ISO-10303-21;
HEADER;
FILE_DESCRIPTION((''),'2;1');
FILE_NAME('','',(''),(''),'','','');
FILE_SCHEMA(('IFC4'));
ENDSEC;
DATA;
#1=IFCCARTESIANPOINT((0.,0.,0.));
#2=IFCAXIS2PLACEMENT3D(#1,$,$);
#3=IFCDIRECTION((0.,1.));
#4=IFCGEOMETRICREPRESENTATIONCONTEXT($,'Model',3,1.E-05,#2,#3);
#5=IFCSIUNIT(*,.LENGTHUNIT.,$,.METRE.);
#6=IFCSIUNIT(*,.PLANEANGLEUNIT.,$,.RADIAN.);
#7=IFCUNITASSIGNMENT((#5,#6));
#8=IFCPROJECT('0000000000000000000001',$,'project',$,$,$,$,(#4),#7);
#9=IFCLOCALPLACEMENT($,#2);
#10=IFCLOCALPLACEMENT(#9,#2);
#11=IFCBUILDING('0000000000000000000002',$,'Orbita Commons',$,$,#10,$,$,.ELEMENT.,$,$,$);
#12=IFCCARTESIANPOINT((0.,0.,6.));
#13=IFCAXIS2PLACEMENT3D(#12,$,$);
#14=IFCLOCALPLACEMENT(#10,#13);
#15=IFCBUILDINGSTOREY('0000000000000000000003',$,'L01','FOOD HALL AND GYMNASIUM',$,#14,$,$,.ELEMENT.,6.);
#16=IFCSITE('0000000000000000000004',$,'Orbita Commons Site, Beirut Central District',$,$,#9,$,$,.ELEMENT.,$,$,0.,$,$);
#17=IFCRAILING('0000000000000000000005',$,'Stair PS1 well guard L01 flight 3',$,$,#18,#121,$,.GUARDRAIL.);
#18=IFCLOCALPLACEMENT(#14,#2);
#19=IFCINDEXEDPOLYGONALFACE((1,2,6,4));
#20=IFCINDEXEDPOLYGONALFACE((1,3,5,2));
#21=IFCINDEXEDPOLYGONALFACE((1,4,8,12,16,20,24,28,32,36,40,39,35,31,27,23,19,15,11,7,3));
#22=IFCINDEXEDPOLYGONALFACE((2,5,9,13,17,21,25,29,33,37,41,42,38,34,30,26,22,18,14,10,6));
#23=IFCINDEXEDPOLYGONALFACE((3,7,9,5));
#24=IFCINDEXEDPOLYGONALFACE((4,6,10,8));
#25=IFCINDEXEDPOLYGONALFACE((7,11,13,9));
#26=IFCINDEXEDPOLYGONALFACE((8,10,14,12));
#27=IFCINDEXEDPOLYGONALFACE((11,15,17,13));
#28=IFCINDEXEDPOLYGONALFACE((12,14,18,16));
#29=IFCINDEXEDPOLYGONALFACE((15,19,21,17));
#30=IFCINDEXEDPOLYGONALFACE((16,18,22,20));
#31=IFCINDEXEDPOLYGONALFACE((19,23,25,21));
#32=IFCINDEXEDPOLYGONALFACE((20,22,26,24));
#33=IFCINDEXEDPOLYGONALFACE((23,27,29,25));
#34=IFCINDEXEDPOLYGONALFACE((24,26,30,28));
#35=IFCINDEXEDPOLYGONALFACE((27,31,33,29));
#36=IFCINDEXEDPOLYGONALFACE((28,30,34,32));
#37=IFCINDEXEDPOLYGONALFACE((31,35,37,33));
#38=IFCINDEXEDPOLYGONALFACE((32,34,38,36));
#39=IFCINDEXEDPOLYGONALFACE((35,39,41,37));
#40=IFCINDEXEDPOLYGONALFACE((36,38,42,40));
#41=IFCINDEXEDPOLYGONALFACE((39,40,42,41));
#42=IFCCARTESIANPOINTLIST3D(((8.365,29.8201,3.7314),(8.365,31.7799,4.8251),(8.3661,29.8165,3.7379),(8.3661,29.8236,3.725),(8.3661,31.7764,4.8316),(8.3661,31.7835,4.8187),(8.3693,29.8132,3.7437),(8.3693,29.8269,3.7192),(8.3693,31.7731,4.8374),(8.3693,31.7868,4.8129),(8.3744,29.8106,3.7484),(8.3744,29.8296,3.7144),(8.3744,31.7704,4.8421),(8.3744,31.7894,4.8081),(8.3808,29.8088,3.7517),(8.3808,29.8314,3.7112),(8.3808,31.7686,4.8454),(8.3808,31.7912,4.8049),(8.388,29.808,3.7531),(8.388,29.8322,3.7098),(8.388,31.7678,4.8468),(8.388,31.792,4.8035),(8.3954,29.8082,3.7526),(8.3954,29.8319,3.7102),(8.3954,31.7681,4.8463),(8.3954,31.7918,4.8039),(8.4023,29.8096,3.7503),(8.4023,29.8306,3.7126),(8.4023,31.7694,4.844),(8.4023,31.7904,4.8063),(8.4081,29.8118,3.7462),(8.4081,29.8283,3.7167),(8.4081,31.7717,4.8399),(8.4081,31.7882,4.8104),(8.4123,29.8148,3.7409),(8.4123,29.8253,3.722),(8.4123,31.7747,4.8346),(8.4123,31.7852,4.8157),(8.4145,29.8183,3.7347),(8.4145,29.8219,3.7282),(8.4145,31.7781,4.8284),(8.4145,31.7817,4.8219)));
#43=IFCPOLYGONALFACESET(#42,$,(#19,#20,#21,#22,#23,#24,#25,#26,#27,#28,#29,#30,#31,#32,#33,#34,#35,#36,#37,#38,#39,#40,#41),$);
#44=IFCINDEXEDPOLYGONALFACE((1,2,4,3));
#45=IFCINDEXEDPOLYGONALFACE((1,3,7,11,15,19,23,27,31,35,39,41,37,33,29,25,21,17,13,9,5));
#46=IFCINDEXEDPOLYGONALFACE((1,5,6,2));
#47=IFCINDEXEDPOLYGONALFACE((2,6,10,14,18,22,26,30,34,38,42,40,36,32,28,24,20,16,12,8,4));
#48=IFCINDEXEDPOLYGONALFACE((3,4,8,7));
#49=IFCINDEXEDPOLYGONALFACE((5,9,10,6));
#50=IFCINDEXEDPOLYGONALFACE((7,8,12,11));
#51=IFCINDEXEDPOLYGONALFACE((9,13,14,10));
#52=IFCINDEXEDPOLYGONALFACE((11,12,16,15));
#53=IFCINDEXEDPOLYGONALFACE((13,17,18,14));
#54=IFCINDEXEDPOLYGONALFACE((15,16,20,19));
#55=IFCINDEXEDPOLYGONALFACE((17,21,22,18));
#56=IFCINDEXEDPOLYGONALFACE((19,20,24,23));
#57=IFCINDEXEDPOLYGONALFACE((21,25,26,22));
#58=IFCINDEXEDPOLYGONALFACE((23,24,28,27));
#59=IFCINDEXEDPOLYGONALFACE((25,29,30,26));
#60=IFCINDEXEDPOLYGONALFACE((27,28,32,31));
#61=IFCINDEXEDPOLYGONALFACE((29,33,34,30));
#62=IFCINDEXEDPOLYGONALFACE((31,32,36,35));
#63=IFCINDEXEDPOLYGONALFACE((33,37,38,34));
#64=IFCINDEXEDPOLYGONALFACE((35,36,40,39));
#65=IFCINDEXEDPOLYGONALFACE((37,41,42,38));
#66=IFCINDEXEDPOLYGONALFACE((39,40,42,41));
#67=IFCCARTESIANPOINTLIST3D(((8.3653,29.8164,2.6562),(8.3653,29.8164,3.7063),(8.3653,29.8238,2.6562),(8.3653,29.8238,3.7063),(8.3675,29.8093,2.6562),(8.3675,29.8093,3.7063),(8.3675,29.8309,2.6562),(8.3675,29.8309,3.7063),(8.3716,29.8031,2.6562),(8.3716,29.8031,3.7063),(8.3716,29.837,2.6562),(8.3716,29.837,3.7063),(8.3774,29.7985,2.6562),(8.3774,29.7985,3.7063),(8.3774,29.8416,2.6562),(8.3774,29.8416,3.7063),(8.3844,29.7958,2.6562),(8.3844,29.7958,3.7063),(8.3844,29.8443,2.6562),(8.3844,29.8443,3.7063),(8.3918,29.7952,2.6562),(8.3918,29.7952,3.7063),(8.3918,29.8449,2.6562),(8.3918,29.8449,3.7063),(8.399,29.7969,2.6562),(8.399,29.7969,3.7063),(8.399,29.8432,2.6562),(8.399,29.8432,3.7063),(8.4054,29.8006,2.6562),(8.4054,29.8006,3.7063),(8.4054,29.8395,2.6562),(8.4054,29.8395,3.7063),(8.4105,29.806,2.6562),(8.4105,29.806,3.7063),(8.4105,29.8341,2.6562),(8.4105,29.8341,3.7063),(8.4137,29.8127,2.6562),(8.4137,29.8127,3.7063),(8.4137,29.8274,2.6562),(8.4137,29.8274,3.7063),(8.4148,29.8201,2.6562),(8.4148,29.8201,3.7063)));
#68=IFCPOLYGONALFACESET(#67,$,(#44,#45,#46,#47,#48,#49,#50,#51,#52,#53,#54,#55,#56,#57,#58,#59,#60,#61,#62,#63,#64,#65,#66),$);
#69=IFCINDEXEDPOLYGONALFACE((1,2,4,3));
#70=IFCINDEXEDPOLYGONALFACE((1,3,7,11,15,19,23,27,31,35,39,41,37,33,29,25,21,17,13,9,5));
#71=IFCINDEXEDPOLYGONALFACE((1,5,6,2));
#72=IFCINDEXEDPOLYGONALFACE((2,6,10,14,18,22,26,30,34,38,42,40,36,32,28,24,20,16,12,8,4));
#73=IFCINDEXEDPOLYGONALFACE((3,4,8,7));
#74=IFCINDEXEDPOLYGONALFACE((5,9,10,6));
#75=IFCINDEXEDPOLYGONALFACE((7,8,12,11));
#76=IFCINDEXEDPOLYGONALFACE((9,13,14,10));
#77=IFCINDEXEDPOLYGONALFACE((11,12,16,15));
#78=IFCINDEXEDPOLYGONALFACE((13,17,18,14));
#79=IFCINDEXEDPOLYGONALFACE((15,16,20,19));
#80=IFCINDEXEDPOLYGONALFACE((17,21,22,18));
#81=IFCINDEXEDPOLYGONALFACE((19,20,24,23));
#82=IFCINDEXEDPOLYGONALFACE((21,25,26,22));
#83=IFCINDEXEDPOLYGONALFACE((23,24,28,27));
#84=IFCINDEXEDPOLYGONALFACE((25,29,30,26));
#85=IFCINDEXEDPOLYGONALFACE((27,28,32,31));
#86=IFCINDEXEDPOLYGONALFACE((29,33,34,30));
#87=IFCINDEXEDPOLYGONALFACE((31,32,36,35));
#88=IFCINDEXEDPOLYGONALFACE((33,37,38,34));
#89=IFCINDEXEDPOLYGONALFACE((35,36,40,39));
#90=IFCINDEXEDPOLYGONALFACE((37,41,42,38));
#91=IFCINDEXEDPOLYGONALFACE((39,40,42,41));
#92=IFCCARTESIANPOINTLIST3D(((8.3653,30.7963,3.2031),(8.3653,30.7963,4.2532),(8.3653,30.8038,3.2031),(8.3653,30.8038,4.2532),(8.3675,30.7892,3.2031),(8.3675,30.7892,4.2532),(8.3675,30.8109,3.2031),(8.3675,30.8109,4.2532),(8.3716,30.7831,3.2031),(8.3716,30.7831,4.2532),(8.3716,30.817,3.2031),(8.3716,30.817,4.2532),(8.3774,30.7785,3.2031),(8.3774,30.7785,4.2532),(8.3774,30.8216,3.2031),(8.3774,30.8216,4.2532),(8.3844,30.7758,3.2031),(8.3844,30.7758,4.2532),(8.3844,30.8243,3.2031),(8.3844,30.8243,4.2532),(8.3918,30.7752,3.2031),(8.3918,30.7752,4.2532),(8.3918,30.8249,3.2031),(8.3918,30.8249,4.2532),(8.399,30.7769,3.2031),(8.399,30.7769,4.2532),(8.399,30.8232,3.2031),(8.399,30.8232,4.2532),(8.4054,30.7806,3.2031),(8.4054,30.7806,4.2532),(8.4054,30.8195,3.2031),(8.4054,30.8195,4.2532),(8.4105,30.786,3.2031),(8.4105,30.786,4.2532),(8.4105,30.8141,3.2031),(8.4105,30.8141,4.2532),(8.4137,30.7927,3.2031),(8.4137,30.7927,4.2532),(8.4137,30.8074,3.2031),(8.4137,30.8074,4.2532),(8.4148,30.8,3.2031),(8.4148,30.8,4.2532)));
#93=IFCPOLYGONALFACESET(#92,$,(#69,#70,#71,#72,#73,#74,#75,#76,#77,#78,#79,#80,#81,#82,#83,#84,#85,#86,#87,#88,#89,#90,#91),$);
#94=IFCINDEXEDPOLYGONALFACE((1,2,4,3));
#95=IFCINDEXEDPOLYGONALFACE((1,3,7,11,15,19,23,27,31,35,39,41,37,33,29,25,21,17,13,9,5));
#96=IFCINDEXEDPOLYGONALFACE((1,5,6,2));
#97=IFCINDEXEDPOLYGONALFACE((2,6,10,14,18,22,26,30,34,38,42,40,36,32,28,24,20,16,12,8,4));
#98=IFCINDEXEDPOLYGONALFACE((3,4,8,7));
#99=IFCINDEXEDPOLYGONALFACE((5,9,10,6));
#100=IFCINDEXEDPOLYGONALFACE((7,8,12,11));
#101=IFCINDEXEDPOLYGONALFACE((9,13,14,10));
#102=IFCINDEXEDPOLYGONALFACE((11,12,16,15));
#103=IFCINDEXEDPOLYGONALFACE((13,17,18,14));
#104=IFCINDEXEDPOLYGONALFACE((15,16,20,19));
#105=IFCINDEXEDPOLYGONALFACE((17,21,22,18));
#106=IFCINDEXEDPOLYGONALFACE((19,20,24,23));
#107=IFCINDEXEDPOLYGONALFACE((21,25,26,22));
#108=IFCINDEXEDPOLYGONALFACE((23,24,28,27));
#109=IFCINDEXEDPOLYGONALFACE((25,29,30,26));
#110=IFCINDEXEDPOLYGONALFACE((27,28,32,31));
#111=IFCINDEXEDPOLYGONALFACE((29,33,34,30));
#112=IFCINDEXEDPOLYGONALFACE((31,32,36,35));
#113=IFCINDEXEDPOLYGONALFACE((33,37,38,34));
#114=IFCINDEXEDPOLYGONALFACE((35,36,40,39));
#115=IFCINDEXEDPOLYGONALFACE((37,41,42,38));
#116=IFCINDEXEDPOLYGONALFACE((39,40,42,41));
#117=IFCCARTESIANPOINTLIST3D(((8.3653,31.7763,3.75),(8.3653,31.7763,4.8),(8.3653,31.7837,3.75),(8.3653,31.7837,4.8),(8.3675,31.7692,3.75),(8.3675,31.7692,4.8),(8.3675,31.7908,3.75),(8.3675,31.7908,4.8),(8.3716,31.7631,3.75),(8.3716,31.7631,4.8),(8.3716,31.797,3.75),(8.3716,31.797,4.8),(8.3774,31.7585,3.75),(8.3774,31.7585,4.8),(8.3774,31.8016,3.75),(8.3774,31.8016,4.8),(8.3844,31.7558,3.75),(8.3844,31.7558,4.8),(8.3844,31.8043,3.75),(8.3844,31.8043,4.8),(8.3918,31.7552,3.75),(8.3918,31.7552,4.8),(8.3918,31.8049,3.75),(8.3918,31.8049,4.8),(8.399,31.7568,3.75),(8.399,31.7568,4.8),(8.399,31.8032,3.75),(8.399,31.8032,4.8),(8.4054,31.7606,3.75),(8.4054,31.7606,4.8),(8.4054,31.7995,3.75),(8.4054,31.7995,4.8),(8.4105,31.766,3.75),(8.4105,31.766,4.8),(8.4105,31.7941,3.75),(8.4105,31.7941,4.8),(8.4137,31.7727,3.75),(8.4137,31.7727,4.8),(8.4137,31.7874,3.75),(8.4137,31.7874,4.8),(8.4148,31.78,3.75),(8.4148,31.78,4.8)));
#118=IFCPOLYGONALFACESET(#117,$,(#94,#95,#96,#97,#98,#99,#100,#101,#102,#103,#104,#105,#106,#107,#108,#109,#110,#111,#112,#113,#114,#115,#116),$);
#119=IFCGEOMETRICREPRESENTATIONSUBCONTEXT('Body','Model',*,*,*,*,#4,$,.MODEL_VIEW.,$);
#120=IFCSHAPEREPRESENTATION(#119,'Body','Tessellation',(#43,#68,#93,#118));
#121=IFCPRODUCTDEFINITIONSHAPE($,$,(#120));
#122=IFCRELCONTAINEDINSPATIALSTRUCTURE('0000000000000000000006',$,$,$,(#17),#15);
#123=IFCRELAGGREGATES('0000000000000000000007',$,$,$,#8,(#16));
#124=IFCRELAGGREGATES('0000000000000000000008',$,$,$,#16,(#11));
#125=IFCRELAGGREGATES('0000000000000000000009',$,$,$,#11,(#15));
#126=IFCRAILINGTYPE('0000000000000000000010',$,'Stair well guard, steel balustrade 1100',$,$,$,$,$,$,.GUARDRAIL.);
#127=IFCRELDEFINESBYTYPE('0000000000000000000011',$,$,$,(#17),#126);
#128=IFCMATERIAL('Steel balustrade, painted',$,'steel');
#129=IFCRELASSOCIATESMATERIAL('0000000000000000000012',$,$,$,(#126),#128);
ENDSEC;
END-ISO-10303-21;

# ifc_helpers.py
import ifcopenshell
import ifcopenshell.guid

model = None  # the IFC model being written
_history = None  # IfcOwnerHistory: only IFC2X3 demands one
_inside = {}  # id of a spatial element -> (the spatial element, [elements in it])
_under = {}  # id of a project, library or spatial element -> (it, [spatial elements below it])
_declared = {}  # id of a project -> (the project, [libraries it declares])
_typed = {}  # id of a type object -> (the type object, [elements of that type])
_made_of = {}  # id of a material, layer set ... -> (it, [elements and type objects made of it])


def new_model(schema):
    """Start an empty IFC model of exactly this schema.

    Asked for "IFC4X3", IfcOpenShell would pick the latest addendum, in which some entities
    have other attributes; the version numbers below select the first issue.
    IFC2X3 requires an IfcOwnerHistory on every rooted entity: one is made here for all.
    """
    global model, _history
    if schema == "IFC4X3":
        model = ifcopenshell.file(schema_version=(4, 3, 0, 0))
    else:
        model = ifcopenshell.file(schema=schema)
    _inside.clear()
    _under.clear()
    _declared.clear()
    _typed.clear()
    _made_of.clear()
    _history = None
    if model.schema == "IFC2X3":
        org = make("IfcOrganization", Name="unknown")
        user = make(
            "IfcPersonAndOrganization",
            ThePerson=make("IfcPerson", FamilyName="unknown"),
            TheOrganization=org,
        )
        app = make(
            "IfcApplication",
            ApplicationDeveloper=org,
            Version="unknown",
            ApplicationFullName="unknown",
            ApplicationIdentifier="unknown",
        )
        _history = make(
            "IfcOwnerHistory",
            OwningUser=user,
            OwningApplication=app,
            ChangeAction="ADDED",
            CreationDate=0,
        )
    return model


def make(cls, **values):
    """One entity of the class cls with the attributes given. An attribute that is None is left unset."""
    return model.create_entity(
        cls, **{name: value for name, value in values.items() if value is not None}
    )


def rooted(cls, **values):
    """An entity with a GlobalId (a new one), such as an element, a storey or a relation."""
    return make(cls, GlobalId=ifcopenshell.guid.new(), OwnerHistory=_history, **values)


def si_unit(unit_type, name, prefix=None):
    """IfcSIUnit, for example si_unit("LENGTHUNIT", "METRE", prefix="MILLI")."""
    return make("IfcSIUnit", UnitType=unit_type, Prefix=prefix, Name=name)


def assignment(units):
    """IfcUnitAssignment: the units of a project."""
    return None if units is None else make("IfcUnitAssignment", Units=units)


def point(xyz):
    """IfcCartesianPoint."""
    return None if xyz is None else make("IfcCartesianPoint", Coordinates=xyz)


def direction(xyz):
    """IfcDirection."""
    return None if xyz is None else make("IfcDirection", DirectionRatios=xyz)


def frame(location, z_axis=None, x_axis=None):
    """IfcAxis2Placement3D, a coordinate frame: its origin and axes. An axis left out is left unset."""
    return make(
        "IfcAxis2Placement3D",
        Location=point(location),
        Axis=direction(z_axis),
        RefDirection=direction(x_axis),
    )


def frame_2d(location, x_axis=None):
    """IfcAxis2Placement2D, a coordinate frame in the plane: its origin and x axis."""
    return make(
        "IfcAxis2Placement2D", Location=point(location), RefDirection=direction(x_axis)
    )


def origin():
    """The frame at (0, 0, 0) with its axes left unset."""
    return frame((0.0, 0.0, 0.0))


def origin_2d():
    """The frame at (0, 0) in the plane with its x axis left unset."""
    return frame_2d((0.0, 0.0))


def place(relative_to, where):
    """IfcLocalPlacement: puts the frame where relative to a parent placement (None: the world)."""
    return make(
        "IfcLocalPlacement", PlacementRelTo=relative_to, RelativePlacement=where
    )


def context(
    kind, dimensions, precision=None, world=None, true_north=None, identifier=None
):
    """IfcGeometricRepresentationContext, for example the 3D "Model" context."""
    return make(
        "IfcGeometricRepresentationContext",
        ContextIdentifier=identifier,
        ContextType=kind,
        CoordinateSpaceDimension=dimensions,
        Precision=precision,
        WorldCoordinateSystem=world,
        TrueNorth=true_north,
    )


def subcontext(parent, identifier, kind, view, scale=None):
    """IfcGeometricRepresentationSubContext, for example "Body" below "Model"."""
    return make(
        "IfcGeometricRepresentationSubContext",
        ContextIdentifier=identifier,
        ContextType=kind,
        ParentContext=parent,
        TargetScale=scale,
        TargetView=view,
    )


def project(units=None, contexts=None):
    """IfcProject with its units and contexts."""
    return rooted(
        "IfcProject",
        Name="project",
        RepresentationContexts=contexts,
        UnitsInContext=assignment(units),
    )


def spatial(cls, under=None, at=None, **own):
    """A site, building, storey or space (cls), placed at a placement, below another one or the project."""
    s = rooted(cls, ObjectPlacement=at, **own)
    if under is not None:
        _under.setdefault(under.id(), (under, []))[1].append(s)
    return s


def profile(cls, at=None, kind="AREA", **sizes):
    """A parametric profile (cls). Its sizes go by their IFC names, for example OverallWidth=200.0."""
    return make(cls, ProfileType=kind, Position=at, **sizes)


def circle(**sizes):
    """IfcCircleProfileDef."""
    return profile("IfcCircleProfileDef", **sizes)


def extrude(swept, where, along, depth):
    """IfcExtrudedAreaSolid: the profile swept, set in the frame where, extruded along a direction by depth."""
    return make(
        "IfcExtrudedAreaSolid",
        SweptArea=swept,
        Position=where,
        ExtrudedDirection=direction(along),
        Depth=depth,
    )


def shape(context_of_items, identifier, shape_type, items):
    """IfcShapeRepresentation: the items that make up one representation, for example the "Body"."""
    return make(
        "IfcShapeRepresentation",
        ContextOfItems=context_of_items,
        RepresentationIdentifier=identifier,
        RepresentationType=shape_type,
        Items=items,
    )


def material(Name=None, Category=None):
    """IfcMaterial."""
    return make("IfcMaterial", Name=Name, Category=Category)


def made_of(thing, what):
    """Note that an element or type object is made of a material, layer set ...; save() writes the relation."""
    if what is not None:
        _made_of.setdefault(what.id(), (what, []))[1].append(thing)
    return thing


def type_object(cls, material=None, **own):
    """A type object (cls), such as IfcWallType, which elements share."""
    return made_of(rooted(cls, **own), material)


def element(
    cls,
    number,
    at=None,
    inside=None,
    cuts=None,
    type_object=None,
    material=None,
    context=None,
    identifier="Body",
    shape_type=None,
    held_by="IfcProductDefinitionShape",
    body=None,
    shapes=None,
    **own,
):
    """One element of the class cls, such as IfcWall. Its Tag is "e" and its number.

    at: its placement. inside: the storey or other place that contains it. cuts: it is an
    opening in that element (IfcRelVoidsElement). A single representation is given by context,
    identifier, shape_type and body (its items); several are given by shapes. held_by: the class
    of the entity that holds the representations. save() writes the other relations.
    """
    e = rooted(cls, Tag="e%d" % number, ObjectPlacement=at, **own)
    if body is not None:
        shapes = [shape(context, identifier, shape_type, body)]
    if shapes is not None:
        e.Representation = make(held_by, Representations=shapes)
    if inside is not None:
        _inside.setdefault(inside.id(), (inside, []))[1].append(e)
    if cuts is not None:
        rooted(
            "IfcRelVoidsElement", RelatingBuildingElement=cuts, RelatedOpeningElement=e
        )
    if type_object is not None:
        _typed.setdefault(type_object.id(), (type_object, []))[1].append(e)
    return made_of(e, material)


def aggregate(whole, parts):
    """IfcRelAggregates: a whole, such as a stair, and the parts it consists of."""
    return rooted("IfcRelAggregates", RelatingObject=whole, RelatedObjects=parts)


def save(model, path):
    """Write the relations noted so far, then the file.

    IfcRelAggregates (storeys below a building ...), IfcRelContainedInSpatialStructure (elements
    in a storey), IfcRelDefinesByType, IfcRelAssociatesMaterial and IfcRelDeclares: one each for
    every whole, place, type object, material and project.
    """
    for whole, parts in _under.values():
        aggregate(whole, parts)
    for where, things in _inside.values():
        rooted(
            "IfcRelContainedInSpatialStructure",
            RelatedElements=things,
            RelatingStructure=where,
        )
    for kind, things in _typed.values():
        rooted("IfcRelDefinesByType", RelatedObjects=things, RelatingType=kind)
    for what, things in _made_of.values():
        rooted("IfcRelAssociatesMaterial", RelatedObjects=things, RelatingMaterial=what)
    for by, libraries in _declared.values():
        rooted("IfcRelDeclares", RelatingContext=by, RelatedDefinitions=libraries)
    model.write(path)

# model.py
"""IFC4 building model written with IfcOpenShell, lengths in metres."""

from ifc_helpers import new_model, si_unit, direction, frame, origin, origin_2d, place, context, subcontext, project, spatial, circle, extrude, material, type_object, element, save


model = new_model("IFC4")

# Units and contexts
model_context = context("Model", 3, precision=1e-05, world=origin(), true_north=direction((0.0, 1.0)))
body_context = subcontext(model_context, "Body", "Model", "MODEL_VIEW")
ifc_project = project(units=[si_unit("LENGTHUNIT", "METRE"), si_unit("PLANEANGLEUNIT", "RADIAN")], contexts=[model_context])

# Site, building, storey
site_placement = place(None, origin())
site = spatial("IfcSite", under=ifc_project, at=site_placement, Name="Orbita Commons Site, Beirut Central District", CompositionType="ELEMENT", RefElevation=0.0)
building_placement = place(site_placement, origin())
building = spatial("IfcBuilding", under=site, at=building_placement, Name="Orbita Commons", CompositionType="ELEMENT")
storey_placement = place(building_placement, frame((0.0, 0.0, 6.0)))
storey = spatial("IfcBuildingStorey", under=building, at=storey_placement, Name="L01", Description="FOOD HALL AND GYMNASIUM", CompositionType="ELEMENT", Elevation=6.0)

# Railing
ifc_material_1 = material(Name="Steel balustrade, painted", Category="steel")
railing_type_1 = type_object("IfcRailingType", Name="Stair well guard, steel balustrade 1100", PredefinedType="GUARDRAIL", material=ifc_material_1)
railing_1_placement = place(storey_placement, frame((8.3899, 29.8201, 2.6562)))
element("IfcRailing", 1, at=railing_1_placement, inside=storey, type_object=railing_type_1, Name="Stair PS1 well guard L01 flight 3", PredefinedType="GUARDRAIL", context=body_context, shape_type="SweptSolid", body=[
    extrude(circle(Radius=0.0249, at=origin_2d()), frame((0.0, 0.0, 1.0752), z_axis=(0.0, 0.873232, 0.487304), x_axis=(-1.0, 0.0, 0.0)), (0.0, 0.0, 1.0), 2.2444),
    extrude(circle(Radius=0.0249, at=origin_2d()), origin(), (0.0, 0.0, 1.0), 1.05),
    extrude(circle(Radius=0.0249, at=origin_2d()), frame((0.0, 0.98, 0.5469)), (0.0, 0.0, 1.0), 1.05),
    extrude(circle(Radius=0.0249, at=origin_2d()), frame((0.0, 1.96, 1.0938)), (0.0, 0.0, 1.0), 1.05),
])

save(model, "model.ifc")
